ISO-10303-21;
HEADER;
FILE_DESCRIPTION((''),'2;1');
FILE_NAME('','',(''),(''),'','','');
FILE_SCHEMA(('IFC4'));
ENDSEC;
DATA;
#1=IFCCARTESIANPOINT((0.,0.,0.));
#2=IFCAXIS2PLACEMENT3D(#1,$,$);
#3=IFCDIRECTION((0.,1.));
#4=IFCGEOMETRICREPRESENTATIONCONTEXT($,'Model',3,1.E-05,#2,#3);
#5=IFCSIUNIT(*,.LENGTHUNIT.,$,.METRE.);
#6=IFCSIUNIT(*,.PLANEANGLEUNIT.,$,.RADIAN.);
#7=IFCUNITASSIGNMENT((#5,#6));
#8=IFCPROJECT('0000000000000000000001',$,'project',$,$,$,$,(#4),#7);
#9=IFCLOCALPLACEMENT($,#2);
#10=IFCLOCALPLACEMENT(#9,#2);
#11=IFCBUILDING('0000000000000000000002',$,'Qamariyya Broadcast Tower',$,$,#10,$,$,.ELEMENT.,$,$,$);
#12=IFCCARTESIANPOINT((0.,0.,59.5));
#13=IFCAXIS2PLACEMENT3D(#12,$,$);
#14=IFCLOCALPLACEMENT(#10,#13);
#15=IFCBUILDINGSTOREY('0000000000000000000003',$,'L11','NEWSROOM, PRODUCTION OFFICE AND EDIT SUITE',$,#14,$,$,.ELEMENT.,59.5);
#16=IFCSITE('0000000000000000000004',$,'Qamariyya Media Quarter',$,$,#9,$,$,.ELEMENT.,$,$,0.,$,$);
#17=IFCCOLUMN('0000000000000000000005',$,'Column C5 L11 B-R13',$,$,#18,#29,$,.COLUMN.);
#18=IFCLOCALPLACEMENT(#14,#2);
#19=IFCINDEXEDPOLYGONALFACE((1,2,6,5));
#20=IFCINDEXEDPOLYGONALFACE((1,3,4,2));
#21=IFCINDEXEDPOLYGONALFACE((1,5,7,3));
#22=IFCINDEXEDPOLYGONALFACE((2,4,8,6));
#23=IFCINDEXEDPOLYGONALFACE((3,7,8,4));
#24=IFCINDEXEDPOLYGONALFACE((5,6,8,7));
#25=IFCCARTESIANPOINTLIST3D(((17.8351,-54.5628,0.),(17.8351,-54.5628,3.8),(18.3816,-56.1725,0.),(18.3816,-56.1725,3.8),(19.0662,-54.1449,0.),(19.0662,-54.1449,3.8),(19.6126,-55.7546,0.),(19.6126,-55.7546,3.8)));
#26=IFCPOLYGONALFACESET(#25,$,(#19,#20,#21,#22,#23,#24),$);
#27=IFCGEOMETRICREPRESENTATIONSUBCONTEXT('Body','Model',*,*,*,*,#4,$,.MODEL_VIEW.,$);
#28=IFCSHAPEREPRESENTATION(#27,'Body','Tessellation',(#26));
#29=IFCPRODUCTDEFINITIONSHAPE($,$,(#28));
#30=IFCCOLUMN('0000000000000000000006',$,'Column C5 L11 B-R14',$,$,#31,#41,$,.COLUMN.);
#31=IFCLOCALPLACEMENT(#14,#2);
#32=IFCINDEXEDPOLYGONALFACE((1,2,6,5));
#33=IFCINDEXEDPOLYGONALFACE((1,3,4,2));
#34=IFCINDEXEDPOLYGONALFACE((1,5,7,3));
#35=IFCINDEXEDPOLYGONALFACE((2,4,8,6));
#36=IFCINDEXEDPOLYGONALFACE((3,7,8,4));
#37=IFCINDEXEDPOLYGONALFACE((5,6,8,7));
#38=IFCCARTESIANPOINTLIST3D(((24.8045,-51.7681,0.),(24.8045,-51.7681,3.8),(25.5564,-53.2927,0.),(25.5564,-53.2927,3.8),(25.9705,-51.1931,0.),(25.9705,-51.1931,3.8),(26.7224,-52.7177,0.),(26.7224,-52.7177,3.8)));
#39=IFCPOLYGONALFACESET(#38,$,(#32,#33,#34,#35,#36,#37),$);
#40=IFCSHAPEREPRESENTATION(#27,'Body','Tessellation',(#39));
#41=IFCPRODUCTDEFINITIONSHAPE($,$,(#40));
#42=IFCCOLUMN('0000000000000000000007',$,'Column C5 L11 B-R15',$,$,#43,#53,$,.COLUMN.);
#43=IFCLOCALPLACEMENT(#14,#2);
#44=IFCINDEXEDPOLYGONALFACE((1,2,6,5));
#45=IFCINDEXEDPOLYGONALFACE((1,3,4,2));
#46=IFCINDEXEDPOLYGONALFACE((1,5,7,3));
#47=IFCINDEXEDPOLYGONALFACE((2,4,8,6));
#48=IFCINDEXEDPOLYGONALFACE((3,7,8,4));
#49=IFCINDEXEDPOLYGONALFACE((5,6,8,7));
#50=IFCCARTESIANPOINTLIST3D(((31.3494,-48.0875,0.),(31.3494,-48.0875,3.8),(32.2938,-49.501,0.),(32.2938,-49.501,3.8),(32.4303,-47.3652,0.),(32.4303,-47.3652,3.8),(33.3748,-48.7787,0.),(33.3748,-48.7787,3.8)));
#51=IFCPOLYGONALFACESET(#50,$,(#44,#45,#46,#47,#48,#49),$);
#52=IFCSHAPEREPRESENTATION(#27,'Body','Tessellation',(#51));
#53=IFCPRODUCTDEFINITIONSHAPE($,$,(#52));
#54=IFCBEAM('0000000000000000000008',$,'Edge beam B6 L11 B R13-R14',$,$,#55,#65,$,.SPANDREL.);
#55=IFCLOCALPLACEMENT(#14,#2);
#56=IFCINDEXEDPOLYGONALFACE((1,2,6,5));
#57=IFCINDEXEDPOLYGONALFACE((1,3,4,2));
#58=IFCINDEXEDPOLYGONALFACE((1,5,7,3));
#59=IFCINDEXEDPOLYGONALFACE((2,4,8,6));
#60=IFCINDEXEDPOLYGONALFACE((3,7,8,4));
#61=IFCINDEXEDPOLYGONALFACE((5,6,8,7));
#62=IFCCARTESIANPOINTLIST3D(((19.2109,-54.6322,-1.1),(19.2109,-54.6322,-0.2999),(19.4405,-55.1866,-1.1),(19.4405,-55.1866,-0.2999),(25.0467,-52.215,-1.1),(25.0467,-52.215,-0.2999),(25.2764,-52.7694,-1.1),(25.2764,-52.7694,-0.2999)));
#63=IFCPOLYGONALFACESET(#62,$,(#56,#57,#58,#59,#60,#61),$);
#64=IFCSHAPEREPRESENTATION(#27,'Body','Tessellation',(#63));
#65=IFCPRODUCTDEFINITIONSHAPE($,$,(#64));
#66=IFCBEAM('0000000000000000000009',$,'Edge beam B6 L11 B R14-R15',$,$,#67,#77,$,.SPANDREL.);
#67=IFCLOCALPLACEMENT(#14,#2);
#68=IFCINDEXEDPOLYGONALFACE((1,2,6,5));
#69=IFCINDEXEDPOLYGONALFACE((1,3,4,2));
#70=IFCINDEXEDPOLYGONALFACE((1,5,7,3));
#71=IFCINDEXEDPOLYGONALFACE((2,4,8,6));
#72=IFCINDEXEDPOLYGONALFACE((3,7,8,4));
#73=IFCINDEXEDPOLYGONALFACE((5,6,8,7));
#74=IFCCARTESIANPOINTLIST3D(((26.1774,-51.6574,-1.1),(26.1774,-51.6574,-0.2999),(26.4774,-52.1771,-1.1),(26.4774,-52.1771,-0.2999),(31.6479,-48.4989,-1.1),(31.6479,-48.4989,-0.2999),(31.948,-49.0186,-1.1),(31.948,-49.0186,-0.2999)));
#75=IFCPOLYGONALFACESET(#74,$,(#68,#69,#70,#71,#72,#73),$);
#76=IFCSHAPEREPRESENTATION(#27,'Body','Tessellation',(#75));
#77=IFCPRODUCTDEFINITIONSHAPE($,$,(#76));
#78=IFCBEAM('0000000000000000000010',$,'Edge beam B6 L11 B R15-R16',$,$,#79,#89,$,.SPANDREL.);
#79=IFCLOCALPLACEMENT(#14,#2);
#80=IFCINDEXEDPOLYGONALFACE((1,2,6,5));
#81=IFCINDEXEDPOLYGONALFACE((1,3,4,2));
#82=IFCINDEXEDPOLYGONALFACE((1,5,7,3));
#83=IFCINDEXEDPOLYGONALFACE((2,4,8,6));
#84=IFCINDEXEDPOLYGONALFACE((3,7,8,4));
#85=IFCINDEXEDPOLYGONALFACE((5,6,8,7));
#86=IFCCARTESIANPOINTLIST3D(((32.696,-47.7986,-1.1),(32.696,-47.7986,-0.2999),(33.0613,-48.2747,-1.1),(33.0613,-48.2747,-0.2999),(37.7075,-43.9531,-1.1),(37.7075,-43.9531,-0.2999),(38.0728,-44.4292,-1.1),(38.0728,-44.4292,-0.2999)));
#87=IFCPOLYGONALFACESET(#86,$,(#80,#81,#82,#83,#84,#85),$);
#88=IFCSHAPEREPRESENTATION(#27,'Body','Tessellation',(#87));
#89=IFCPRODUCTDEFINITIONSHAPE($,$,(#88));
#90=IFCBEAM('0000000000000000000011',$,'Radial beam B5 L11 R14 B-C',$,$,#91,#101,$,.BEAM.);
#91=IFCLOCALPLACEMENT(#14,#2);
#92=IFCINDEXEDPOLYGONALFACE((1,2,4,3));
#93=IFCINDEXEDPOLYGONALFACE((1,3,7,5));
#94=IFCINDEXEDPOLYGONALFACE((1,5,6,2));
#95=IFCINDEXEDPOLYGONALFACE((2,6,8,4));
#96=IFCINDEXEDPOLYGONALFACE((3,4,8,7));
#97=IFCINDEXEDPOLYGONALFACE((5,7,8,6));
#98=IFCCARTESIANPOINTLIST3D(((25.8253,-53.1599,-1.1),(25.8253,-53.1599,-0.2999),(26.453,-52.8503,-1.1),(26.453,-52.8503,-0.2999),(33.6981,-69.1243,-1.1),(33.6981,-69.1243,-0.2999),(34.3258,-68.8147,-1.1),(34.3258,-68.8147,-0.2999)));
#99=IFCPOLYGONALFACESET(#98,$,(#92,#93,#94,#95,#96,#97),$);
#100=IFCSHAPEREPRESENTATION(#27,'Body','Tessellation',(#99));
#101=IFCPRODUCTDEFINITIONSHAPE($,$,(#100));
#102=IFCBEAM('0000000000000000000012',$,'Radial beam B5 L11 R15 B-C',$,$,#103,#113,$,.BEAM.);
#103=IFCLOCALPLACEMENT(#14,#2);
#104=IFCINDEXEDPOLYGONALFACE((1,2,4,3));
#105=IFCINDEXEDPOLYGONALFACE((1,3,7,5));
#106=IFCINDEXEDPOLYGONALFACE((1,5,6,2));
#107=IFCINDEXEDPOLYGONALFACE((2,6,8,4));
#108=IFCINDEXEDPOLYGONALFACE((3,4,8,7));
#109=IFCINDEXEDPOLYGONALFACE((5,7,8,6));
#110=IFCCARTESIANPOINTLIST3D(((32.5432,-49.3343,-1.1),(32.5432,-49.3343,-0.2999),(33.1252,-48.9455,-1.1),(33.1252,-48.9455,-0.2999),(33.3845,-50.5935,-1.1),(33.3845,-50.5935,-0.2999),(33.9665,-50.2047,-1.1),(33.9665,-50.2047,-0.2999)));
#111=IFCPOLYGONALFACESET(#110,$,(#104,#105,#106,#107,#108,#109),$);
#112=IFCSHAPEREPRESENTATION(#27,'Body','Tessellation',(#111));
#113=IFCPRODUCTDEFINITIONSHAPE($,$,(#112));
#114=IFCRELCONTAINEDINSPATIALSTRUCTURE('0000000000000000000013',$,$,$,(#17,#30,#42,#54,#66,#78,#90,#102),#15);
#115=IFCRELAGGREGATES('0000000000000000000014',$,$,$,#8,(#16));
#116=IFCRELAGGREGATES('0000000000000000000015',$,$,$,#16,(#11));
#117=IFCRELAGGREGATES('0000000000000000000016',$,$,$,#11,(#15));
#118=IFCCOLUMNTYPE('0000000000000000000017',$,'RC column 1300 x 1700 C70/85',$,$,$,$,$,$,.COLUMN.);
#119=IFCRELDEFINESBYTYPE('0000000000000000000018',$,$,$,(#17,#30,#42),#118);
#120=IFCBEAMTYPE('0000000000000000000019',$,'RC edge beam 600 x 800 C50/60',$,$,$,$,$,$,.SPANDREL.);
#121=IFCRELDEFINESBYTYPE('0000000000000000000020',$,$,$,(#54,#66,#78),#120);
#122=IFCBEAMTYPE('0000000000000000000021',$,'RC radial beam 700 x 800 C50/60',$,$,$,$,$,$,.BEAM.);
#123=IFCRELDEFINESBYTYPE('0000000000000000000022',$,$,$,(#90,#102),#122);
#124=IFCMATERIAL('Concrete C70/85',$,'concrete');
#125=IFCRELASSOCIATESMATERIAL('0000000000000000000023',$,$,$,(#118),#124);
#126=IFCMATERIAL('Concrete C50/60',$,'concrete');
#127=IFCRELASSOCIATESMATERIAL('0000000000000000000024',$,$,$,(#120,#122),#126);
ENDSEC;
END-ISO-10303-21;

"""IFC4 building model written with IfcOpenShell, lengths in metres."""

from ifc_helpers import new_model, si_unit, direction, frame, origin, origin_2d, place, context, subcontext, project, spatial, rectangle, extrude, material, material_profile, profile_set, type_object, element, save


model = new_model("IFC4")

# Units and contexts
model_context = context("Model", 3, precision=1e-05, world=origin(), true_north=direction((0.0, 1.0)))
body_context = subcontext(model_context, "Body", "Model", "MODEL_VIEW")
ifc_project = project(units=[si_unit("LENGTHUNIT", "METRE"), si_unit("PLANEANGLEUNIT", "RADIAN")], contexts=[model_context])

# Site, building, storey
site_placement = place(None, origin())
site = spatial("IfcSite", under=ifc_project, at=site_placement, Name="Qamariyya Media Quarter", CompositionType="ELEMENT", RefElevation=0.0)
building_placement = place(site_placement, origin())
building = spatial("IfcBuilding", under=site, at=building_placement, Name="Qamariyya Broadcast Tower", CompositionType="ELEMENT")
storey_placement = place(building_placement, frame((0.0, 0.0, 59.5)))
storey = spatial("IfcBuildingStorey", under=building, at=storey_placement, Name="L11", Description="NEWSROOM, PRODUCTION OFFICE AND EDIT SUITE", CompositionType="ELEMENT", Elevation=59.5)

# Columns
ifc_material_1 = material(Name="Concrete C70/85", Category="concrete")
ifc_material_profile_1 = material_profile(ifc_material_1, rectangle(XDim=1.3, YDim=1.7, at=origin_2d()))
ifc_profile_set_1 = profile_set([ifc_material_profile_1], Name="Concrete C70/85")
column_type = type_object("IfcColumnType", Name="RC column 1300 x 1700 C70/85", PredefinedType="COLUMN", material=ifc_profile_set_1)
for number, where, z_axis, x_axis, name in (
    (1, (18.7239, -55.1587, 0.0), (0.0, 0.0, 1.0), (0.94693, 0.321439, 0.0), "Column C5 L11 B-R13"),
    (2, (25.7634, -52.2429, 0.0), (0.0, 0.0, 1.0), (0.896873, 0.442289, 0.0), "Column C5 L11 B-R14"),
    (3, (32.3621, -48.4331, 0.0), (0.0, 0.0, 1.0), (0.83147, 0.55557, 0.0), "Column C5 L11 B-R15"),
):
    element("IfcColumn", number, at=place(storey_placement, frame(where, z_axis=z_axis, x_axis=x_axis)), inside=storey, type_object=column_type, Name=name, PredefinedType="COLUMN", context=body_context, shape_type="SweptSolid", body=[
        extrude(rectangle(XDim=1.3, YDim=1.7, at=origin_2d()), origin(), (0.0, 0.0, 1.0), 3.8),
    ])

# Beams
ifc_material_2 = material(Name="Concrete C50/60", Category="concrete")
ifc_material_profile_2 = material_profile(ifc_material_2, rectangle(XDim=0.6001, YDim=0.8, at=origin_2d()))
ifc_profile_set_2 = profile_set([ifc_material_profile_2], Name="Concrete C50/60")
beam_type_1 = type_object("IfcBeamType", Name="RC edge beam 600 x 800 C50/60", PredefinedType="SPANDREL", material=ifc_profile_set_2)
beam_1_placement = place(storey_placement, frame((19.3257, -54.9094, -0.7), z_axis=(0.923884, 0.382672, 0.0), x_axis=(-0.382672, 0.923884, 0.0)))
element("IfcBeam", 4, at=beam_1_placement, inside=storey, type_object=beam_type_1, Name="Edge beam B6 L11 B R13-R14", PredefinedType="SPANDREL", context=body_context, shape_type="SweptSolid", body=[
    extrude(rectangle(XDim=0.6001, YDim=0.8, at=origin_2d()), origin(), (0.0, 0.0, 1.0), 6.3167),
])
for number, where, z_axis, x_axis, name in (
    (5, (26.3274, -51.9172, -0.7), (0.86602, 0.500009, 0.0), (-0.500009, 0.86602, 0.0), "Edge beam B6 L11 B R14-R15"),
    (6, (32.8787, -48.0366, -0.7), (0.793352, 0.608763, 0.0), (-0.608763, 0.793352, 0.0), "Edge beam B6 L11 B R15-R16"),
):
    element("IfcBeam", number, at=place(storey_placement, frame(where, z_axis=z_axis, x_axis=x_axis)), inside=storey, type_object=beam_type_1, Name=name, PredefinedType="SPANDREL", context=body_context, shape_type="SweptSolid", body=[
        extrude(rectangle(XDim=0.6001, YDim=0.8, at=origin_2d()), origin(), (0.0, 0.0, 1.0), 6.3169),
    ])
ifc_material_profile_3 = material_profile(ifc_material_2, rectangle(XDim=0.7, YDim=0.8, at=origin_2d()))
ifc_profile_set_3 = profile_set([ifc_material_profile_3], Name="Concrete C50/60")
beam_type_2 = type_object("IfcBeamType", Name="RC radial beam 700 x 800 C50/60", PredefinedType="BEAM", material=ifc_profile_set_3)
beam_2_placement = place(storey_placement, frame((26.1392, -53.0051, -0.7), z_axis=(0.442291, -0.896872, 0.0), x_axis=(0.896872, 0.442291, 0.0)))
element("IfcBeam", 7, at=beam_2_placement, inside=storey, type_object=beam_type_2, Name="Radial beam B5 L11 R14 B-C", PredefinedType="BEAM", context=body_context, shape_type="SweptSolid", body=[
    extrude(rectangle(XDim=0.7, YDim=0.8, at=origin_2d()), origin(), (0.0, 0.0, 1.0), 17.8),
])
beam_3_placement = place(storey_placement, frame((32.8342, -49.1399, -0.7), z_axis=(0.555518, -0.831504, 0.0), x_axis=(0.831504, 0.555518, 0.0)))
element("IfcBeam", 8, at=beam_3_placement, inside=storey, type_object=beam_type_2, Name="Radial beam B5 L11 R15 B-C", PredefinedType="BEAM", context=body_context, shape_type="SweptSolid", body=[
    extrude(rectangle(XDim=0.7, YDim=0.8, at=origin_2d()), origin(), (0.0, 0.0, 1.0), 1.5144),
])

save(model, "model.ifc")
